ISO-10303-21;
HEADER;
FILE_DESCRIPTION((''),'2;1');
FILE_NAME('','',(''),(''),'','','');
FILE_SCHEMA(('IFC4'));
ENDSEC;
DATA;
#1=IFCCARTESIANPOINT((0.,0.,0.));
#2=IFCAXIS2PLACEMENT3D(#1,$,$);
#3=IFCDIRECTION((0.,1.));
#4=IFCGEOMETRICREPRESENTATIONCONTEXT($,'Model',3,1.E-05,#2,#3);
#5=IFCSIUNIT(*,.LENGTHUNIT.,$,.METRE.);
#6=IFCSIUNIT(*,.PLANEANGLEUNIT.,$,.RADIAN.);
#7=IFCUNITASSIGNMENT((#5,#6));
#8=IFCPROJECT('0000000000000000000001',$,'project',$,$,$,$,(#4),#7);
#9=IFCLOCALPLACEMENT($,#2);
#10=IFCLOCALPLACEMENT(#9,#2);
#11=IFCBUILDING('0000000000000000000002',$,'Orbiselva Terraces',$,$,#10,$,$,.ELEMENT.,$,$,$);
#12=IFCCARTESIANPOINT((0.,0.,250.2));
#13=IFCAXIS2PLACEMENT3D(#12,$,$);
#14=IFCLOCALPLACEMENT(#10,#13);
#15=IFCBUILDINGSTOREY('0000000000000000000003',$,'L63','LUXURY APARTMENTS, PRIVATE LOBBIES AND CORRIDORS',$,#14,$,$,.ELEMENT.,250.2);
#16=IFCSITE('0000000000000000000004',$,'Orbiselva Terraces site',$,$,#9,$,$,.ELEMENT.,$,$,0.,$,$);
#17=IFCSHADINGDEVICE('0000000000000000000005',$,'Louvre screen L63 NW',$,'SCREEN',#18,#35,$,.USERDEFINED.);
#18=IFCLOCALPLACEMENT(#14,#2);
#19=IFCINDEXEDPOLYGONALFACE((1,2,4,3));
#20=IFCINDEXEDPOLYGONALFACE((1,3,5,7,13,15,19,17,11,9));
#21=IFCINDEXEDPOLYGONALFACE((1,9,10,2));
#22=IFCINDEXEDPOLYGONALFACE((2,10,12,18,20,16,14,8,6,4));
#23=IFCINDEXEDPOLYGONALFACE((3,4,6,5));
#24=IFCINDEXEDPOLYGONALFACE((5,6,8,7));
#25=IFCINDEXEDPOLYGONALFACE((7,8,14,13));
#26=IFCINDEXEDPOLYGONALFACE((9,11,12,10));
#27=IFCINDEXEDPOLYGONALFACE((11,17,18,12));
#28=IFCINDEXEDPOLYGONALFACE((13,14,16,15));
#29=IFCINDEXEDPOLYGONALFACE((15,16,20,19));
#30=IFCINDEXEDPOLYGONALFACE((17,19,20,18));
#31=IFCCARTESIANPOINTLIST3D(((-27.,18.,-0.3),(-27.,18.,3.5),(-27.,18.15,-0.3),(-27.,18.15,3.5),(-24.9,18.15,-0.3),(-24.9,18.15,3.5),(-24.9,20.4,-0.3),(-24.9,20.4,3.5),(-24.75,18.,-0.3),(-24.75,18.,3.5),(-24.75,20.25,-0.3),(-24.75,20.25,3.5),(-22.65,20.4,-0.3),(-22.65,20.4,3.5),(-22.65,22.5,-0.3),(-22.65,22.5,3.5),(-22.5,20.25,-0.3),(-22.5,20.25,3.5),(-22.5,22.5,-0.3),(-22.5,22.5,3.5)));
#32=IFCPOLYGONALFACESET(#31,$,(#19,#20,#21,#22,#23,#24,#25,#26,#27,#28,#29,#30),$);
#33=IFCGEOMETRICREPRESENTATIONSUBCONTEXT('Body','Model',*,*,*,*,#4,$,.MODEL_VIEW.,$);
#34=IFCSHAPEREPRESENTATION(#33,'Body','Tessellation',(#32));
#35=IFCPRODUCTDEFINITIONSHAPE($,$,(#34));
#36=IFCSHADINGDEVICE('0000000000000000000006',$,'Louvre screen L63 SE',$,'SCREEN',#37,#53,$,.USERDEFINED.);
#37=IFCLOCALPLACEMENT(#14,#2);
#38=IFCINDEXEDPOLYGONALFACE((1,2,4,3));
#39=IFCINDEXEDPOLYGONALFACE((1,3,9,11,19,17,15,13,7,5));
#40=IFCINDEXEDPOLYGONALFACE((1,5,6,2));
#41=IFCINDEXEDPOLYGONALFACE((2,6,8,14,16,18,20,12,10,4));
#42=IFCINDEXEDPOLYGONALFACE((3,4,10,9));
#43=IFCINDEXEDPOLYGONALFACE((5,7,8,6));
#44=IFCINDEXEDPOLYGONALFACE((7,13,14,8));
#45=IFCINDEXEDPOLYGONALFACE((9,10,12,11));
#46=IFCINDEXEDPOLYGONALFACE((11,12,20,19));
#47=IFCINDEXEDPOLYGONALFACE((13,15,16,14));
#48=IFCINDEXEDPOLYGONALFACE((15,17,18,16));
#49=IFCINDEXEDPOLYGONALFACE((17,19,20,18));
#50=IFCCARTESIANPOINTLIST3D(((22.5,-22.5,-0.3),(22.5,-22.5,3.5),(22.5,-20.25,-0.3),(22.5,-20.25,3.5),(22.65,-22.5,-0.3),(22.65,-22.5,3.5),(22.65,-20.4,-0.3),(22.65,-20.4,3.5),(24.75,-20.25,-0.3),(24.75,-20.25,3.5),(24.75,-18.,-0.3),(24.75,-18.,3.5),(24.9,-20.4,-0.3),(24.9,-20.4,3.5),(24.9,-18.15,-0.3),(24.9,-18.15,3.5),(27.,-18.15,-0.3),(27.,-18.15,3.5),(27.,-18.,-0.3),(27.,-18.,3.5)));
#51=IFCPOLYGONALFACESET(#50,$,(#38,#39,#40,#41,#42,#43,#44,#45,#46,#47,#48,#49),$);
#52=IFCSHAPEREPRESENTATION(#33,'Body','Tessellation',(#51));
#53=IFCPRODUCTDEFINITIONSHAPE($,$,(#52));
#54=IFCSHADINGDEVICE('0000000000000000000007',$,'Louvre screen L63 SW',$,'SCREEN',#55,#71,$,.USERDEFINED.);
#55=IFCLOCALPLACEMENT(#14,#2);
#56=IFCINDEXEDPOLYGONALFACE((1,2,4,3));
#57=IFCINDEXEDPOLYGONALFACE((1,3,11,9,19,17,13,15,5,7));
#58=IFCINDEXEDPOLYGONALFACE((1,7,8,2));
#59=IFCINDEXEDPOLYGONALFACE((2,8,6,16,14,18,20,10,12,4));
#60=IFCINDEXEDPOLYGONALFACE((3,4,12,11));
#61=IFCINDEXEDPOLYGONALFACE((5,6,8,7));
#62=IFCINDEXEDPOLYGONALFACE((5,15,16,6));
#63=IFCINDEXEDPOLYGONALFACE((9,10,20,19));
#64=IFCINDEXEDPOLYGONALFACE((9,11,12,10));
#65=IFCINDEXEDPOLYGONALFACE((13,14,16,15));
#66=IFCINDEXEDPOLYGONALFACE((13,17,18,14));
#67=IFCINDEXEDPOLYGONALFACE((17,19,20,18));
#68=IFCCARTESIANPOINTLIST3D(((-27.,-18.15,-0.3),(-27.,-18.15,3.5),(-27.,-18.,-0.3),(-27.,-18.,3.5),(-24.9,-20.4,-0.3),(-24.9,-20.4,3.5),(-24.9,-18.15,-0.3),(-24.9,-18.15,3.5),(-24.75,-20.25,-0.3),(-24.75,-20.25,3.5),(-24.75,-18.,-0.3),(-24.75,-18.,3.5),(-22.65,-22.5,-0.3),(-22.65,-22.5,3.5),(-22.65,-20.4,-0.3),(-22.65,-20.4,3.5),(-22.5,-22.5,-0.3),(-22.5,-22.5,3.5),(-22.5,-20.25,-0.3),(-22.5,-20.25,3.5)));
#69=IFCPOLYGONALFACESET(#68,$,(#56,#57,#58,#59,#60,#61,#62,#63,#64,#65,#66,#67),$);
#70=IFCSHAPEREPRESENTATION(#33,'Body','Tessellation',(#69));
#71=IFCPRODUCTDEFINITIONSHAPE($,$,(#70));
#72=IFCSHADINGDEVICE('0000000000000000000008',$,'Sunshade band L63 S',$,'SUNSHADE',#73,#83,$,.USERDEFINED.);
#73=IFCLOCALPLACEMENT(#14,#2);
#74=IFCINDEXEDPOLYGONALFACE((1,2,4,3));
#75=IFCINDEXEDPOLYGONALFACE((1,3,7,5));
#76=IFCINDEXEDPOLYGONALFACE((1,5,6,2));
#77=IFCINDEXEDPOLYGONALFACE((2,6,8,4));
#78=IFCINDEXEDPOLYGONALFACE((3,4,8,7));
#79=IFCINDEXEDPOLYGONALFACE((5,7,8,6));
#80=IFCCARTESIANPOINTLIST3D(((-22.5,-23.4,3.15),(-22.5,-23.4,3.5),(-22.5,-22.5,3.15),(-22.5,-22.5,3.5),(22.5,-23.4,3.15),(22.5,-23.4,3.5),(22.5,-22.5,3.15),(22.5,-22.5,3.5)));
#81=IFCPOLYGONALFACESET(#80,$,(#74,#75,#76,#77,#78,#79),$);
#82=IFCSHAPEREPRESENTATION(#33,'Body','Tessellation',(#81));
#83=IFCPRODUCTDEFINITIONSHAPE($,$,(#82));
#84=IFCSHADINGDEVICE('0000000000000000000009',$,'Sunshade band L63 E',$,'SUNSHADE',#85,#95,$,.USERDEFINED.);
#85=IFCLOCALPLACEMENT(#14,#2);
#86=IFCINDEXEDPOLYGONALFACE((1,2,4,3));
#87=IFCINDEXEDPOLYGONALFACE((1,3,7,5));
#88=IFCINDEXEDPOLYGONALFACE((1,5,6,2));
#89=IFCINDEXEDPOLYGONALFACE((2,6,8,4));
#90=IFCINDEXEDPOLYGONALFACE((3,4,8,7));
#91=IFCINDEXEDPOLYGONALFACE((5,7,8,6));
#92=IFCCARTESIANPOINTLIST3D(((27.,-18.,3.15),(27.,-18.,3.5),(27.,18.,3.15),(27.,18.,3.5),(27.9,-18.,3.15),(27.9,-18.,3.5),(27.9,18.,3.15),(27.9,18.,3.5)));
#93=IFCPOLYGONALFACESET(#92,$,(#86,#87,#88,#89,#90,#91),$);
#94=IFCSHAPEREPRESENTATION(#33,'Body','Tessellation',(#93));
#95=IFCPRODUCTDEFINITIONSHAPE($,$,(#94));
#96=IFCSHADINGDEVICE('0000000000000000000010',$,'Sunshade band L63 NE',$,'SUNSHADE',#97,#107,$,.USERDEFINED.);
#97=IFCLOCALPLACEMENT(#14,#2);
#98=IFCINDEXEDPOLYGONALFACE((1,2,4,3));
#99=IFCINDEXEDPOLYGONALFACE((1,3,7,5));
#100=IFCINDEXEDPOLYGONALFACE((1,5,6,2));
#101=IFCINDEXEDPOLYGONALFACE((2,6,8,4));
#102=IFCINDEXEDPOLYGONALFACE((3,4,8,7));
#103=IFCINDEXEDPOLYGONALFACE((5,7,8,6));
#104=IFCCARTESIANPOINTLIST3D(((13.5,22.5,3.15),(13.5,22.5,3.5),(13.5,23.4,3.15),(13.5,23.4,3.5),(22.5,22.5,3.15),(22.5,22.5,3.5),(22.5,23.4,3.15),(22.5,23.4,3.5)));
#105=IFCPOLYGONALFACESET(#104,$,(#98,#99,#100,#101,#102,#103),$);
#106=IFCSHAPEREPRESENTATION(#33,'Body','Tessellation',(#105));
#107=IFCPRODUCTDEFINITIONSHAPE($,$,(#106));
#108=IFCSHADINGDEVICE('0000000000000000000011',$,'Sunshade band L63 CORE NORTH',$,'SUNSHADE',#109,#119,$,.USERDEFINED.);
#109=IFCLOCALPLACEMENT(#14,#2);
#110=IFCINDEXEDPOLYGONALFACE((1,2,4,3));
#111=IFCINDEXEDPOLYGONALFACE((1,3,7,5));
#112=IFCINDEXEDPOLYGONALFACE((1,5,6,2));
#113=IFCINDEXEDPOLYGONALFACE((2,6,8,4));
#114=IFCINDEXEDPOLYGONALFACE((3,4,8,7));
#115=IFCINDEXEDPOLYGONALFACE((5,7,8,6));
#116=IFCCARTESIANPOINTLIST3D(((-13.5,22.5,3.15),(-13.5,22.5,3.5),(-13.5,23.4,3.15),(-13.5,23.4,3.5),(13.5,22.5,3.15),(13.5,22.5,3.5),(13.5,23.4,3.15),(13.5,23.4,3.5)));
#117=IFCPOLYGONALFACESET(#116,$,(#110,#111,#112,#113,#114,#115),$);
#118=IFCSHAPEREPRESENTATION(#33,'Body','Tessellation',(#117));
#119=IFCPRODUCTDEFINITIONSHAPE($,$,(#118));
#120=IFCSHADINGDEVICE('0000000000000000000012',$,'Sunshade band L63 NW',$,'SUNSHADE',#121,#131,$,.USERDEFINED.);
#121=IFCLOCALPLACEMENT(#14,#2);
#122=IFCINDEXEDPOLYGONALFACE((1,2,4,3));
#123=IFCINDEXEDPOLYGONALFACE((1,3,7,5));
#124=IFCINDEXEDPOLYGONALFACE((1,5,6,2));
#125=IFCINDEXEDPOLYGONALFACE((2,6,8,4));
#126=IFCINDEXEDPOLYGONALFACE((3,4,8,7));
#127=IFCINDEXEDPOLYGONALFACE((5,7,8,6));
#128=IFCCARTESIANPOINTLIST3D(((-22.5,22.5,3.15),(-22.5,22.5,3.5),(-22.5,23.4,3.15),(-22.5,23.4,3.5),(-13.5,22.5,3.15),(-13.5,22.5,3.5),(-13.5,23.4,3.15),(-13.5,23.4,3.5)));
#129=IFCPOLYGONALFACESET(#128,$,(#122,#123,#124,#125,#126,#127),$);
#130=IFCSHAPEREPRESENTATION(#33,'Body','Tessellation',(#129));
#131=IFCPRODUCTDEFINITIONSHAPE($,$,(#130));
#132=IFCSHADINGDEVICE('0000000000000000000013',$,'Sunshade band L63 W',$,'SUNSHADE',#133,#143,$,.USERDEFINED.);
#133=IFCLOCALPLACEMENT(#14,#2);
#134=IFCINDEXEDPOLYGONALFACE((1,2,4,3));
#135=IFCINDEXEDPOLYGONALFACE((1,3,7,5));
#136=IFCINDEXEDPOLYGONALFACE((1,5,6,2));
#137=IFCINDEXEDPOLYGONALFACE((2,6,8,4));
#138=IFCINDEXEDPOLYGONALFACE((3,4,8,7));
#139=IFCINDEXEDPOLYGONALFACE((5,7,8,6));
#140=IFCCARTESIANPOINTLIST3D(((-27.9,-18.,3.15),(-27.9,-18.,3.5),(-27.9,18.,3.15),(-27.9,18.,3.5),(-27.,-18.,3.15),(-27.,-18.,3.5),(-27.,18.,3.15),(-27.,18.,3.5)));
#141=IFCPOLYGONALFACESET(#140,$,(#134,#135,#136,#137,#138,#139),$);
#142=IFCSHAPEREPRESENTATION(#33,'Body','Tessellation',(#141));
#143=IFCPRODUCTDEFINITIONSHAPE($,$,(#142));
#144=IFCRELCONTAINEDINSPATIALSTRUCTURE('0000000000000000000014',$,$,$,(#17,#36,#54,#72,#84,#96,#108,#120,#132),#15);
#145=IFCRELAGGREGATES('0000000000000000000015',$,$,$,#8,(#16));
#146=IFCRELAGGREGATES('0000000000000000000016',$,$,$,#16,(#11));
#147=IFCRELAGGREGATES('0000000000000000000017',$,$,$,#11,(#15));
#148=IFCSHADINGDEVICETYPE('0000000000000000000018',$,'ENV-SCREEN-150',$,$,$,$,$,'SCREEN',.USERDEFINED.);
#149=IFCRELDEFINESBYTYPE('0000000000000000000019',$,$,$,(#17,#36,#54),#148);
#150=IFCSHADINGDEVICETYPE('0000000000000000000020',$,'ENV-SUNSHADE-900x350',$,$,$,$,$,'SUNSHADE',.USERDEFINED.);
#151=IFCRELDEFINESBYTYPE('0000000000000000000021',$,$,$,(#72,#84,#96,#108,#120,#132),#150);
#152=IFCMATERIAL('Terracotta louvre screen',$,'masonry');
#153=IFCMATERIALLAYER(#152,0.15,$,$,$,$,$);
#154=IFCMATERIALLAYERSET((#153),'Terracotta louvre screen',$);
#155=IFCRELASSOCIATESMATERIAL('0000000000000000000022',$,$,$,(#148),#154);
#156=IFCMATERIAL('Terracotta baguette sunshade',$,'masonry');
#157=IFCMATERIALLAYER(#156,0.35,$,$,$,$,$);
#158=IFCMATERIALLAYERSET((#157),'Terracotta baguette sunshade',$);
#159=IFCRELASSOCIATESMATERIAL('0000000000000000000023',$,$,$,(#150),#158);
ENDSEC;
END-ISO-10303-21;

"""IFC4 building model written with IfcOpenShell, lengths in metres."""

from ifc_helpers import new_model, si_unit, direction, frame, origin, place, context, subcontext, project, spatial, polyline, outline, extrude, material, layer, layer_set, type_object, element, save


model = new_model("IFC4")

# Units and contexts
model_context = context("Model", 3, precision=1e-05, world=origin(), true_north=direction((0.0, 1.0)))
body_context = subcontext(model_context, "Body", "Model", "MODEL_VIEW")
ifc_project = project(units=[si_unit("LENGTHUNIT", "METRE"), si_unit("PLANEANGLEUNIT", "RADIAN")], contexts=[model_context])

# Site, building, storey
site_placement = place(None, origin())
site = spatial("IfcSite", under=ifc_project, at=site_placement, Name="Orbiselva Terraces site", CompositionType="ELEMENT", RefElevation=0.0)
building_placement = place(site_placement, origin())
building = spatial("IfcBuilding", under=site, at=building_placement, Name="Orbiselva Terraces", CompositionType="ELEMENT")
storey_placement = place(building_placement, frame((0.0, 0.0, 250.2)))
storey = spatial("IfcBuildingStorey", under=building, at=storey_placement, Name="L63", Description="LUXURY APARTMENTS, PRIVATE LOBBIES AND CORRIDORS", CompositionType="ELEMENT", Elevation=250.2)

# Shading devices
ifc_material_1 = material(Name="Terracotta louvre screen", Category="masonry")
ifc_layer_1 = layer(ifc_material_1, 0.15)
ifc_layer_set_1 = layer_set([ifc_layer_1], Name="Terracotta louvre screen")
shading_device_type_1 = type_object("IfcShadingDeviceType", Name="ENV-SCREEN-150", ElementType="SCREEN", PredefinedType="USERDEFINED", material=ifc_layer_set_1)
shading_device_1_placement = place(storey_placement, frame((0.0, 0.0, -0.3)))
element("IfcShadingDevice", 1, at=shading_device_1_placement, inside=storey, type_object=shading_device_type_1, Name="Louvre screen L63 NW", ObjectType="SCREEN", PredefinedType="USERDEFINED", context=body_context, shape_type="SweptSolid", body=[
    extrude(outline(polyline([(-22.65, 22.5), (-22.65, 20.4), (-24.9, 20.4), (-24.9, 18.15), (-27.0, 18.15), (-27.0, 18.0), (-24.75, 18.0), (-24.75, 20.25), (-22.5, 20.25), (-22.5, 22.5), (-22.65, 22.5)])), origin(), (0.0, 0.0, 1.0), 3.8),
])
shading_device_2_placement = place(storey_placement, frame((0.0, 0.0, -0.3)))
element("IfcShadingDevice", 2, at=shading_device_2_placement, inside=storey, type_object=shading_device_type_1, Name="Louvre screen L63 SE", ObjectType="SCREEN", PredefinedType="USERDEFINED", context=body_context, shape_type="SweptSolid", body=[
    extrude(outline(polyline([(22.65, -22.5), (22.65, -20.4), (24.9, -20.4), (24.9, -18.15), (27.0, -18.15), (27.0, -18.0), (24.75, -18.0), (24.75, -20.25), (22.5, -20.25), (22.5, -22.5), (22.65, -22.5)])), origin(), (0.0, 0.0, 1.0), 3.8),
])
shading_device_3_placement = place(storey_placement, frame((0.0, 0.0, -0.3)))
element("IfcShadingDevice", 3, at=shading_device_3_placement, inside=storey, type_object=shading_device_type_1, Name="Louvre screen L63 SW", ObjectType="SCREEN", PredefinedType="USERDEFINED", context=body_context, shape_type="SweptSolid", body=[
    extrude(outline(polyline([(-27.0, -18.15), (-24.9, -18.15), (-24.9, -20.4), (-22.65, -20.4), (-22.65, -22.5), (-22.5, -22.5), (-22.5, -20.25), (-24.75, -20.25), (-24.75, -18.0), (-27.0, -18.0), (-27.0, -18.15)])), origin(), (0.0, 0.0, 1.0), 3.8),
])
ifc_material_2 = material(Name="Terracotta baguette sunshade", Category="masonry")
ifc_layer_2 = layer(ifc_material_2, 0.35)
ifc_layer_set_2 = layer_set([ifc_layer_2], Name="Terracotta baguette sunshade")
shading_device_type_2 = type_object("IfcShadingDeviceType", Name="ENV-SUNSHADE-900x350", ElementType="SUNSHADE", PredefinedType="USERDEFINED", material=ifc_layer_set_2)
shading_device_4_placement = place(storey_placement, frame((0.0, 0.0, 3.15)))
element("IfcShadingDevice", 4, at=shading_device_4_placement, inside=storey, type_object=shading_device_type_2, Name="Sunshade band L63 S", ObjectType="SUNSHADE", PredefinedType="USERDEFINED", context=body_context, shape_type="SweptSolid", body=[
    extrude(outline(polyline([(-22.5, -23.4), (22.5, -23.4), (22.5, -22.5), (-22.5, -22.5), (-22.5, -23.4)])), origin(), (0.0, 0.0, 1.0), 0.35),
])
shading_device_5_placement = place(storey_placement, frame((0.0, 0.0, 3.15)))
element("IfcShadingDevice", 5, at=shading_device_5_placement, inside=storey, type_object=shading_device_type_2, Name="Sunshade band L63 E", ObjectType="SUNSHADE", PredefinedType="USERDEFINED", context=body_context, shape_type="SweptSolid", body=[
    extrude(outline(polyline([(27.9, -18.0), (27.9, 18.0), (27.0, 18.0), (27.0, -18.0), (27.9, -18.0)])), origin(), (0.0, 0.0, 1.0), 0.35),
])
shading_device_6_placement = place(storey_placement, frame((0.0, 0.0, 3.15)))
element("IfcShadingDevice", 6, at=shading_device_6_placement, inside=storey, type_object=shading_device_type_2, Name="Sunshade band L63 NE", ObjectType="SUNSHADE", PredefinedType="USERDEFINED", context=body_context, shape_type="SweptSolid", body=[
    extrude(outline(polyline([(22.5, 23.4), (13.5, 23.4), (13.5, 22.5), (22.5, 22.5), (22.5, 23.4)])), origin(), (0.0, 0.0, 1.0), 0.35),
])
shading_device_7_placement = place(storey_placement, frame((0.0, 0.0, 3.15)))
element("IfcShadingDevice", 7, at=shading_device_7_placement, inside=storey, type_object=shading_device_type_2, Name="Sunshade band L63 CORE NORTH", ObjectType="SUNSHADE", PredefinedType="USERDEFINED", context=body_context, shape_type="SweptSolid", body=[
    extrude(outline(polyline([(13.5, 23.4), (-13.5, 23.4), (-13.5, 22.5), (13.5, 22.5), (13.5, 23.4)])), origin(), (0.0, 0.0, 1.0), 0.35),
])
shading_device_8_placement = place(storey_placement, frame((0.0, 0.0, 3.15)))
element("IfcShadingDevice", 8, at=shading_device_8_placement, inside=storey, type_object=shading_device_type_2, Name="Sunshade band L63 NW", ObjectType="SUNSHADE", PredefinedType="USERDEFINED", context=body_context, shape_type="SweptSolid", body=[
    extrude(outline(polyline([(-13.5, 23.4), (-22.5, 23.4), (-22.5, 22.5), (-13.5, 22.5), (-13.5, 23.4)])), origin(), (0.0, 0.0, 1.0), 0.35),
])
shading_device_9_placement = place(storey_placement, frame((0.0, 0.0, 3.15)))
element("IfcShadingDevice", 9, at=shading_device_9_placement, inside=storey, type_object=shading_device_type_2, Name="Sunshade band L63 W", ObjectType="SUNSHADE", PredefinedType="USERDEFINED", context=body_context, shape_type="SweptSolid", body=[
    extrude(outline(polyline([(-27.9, 18.0), (-27.9, -18.0), (-27.0, -18.0), (-27.0, 18.0), (-27.9, 18.0)])), origin(), (0.0, 0.0, 1.0), 0.35),
])

save(model, "model.ifc")
